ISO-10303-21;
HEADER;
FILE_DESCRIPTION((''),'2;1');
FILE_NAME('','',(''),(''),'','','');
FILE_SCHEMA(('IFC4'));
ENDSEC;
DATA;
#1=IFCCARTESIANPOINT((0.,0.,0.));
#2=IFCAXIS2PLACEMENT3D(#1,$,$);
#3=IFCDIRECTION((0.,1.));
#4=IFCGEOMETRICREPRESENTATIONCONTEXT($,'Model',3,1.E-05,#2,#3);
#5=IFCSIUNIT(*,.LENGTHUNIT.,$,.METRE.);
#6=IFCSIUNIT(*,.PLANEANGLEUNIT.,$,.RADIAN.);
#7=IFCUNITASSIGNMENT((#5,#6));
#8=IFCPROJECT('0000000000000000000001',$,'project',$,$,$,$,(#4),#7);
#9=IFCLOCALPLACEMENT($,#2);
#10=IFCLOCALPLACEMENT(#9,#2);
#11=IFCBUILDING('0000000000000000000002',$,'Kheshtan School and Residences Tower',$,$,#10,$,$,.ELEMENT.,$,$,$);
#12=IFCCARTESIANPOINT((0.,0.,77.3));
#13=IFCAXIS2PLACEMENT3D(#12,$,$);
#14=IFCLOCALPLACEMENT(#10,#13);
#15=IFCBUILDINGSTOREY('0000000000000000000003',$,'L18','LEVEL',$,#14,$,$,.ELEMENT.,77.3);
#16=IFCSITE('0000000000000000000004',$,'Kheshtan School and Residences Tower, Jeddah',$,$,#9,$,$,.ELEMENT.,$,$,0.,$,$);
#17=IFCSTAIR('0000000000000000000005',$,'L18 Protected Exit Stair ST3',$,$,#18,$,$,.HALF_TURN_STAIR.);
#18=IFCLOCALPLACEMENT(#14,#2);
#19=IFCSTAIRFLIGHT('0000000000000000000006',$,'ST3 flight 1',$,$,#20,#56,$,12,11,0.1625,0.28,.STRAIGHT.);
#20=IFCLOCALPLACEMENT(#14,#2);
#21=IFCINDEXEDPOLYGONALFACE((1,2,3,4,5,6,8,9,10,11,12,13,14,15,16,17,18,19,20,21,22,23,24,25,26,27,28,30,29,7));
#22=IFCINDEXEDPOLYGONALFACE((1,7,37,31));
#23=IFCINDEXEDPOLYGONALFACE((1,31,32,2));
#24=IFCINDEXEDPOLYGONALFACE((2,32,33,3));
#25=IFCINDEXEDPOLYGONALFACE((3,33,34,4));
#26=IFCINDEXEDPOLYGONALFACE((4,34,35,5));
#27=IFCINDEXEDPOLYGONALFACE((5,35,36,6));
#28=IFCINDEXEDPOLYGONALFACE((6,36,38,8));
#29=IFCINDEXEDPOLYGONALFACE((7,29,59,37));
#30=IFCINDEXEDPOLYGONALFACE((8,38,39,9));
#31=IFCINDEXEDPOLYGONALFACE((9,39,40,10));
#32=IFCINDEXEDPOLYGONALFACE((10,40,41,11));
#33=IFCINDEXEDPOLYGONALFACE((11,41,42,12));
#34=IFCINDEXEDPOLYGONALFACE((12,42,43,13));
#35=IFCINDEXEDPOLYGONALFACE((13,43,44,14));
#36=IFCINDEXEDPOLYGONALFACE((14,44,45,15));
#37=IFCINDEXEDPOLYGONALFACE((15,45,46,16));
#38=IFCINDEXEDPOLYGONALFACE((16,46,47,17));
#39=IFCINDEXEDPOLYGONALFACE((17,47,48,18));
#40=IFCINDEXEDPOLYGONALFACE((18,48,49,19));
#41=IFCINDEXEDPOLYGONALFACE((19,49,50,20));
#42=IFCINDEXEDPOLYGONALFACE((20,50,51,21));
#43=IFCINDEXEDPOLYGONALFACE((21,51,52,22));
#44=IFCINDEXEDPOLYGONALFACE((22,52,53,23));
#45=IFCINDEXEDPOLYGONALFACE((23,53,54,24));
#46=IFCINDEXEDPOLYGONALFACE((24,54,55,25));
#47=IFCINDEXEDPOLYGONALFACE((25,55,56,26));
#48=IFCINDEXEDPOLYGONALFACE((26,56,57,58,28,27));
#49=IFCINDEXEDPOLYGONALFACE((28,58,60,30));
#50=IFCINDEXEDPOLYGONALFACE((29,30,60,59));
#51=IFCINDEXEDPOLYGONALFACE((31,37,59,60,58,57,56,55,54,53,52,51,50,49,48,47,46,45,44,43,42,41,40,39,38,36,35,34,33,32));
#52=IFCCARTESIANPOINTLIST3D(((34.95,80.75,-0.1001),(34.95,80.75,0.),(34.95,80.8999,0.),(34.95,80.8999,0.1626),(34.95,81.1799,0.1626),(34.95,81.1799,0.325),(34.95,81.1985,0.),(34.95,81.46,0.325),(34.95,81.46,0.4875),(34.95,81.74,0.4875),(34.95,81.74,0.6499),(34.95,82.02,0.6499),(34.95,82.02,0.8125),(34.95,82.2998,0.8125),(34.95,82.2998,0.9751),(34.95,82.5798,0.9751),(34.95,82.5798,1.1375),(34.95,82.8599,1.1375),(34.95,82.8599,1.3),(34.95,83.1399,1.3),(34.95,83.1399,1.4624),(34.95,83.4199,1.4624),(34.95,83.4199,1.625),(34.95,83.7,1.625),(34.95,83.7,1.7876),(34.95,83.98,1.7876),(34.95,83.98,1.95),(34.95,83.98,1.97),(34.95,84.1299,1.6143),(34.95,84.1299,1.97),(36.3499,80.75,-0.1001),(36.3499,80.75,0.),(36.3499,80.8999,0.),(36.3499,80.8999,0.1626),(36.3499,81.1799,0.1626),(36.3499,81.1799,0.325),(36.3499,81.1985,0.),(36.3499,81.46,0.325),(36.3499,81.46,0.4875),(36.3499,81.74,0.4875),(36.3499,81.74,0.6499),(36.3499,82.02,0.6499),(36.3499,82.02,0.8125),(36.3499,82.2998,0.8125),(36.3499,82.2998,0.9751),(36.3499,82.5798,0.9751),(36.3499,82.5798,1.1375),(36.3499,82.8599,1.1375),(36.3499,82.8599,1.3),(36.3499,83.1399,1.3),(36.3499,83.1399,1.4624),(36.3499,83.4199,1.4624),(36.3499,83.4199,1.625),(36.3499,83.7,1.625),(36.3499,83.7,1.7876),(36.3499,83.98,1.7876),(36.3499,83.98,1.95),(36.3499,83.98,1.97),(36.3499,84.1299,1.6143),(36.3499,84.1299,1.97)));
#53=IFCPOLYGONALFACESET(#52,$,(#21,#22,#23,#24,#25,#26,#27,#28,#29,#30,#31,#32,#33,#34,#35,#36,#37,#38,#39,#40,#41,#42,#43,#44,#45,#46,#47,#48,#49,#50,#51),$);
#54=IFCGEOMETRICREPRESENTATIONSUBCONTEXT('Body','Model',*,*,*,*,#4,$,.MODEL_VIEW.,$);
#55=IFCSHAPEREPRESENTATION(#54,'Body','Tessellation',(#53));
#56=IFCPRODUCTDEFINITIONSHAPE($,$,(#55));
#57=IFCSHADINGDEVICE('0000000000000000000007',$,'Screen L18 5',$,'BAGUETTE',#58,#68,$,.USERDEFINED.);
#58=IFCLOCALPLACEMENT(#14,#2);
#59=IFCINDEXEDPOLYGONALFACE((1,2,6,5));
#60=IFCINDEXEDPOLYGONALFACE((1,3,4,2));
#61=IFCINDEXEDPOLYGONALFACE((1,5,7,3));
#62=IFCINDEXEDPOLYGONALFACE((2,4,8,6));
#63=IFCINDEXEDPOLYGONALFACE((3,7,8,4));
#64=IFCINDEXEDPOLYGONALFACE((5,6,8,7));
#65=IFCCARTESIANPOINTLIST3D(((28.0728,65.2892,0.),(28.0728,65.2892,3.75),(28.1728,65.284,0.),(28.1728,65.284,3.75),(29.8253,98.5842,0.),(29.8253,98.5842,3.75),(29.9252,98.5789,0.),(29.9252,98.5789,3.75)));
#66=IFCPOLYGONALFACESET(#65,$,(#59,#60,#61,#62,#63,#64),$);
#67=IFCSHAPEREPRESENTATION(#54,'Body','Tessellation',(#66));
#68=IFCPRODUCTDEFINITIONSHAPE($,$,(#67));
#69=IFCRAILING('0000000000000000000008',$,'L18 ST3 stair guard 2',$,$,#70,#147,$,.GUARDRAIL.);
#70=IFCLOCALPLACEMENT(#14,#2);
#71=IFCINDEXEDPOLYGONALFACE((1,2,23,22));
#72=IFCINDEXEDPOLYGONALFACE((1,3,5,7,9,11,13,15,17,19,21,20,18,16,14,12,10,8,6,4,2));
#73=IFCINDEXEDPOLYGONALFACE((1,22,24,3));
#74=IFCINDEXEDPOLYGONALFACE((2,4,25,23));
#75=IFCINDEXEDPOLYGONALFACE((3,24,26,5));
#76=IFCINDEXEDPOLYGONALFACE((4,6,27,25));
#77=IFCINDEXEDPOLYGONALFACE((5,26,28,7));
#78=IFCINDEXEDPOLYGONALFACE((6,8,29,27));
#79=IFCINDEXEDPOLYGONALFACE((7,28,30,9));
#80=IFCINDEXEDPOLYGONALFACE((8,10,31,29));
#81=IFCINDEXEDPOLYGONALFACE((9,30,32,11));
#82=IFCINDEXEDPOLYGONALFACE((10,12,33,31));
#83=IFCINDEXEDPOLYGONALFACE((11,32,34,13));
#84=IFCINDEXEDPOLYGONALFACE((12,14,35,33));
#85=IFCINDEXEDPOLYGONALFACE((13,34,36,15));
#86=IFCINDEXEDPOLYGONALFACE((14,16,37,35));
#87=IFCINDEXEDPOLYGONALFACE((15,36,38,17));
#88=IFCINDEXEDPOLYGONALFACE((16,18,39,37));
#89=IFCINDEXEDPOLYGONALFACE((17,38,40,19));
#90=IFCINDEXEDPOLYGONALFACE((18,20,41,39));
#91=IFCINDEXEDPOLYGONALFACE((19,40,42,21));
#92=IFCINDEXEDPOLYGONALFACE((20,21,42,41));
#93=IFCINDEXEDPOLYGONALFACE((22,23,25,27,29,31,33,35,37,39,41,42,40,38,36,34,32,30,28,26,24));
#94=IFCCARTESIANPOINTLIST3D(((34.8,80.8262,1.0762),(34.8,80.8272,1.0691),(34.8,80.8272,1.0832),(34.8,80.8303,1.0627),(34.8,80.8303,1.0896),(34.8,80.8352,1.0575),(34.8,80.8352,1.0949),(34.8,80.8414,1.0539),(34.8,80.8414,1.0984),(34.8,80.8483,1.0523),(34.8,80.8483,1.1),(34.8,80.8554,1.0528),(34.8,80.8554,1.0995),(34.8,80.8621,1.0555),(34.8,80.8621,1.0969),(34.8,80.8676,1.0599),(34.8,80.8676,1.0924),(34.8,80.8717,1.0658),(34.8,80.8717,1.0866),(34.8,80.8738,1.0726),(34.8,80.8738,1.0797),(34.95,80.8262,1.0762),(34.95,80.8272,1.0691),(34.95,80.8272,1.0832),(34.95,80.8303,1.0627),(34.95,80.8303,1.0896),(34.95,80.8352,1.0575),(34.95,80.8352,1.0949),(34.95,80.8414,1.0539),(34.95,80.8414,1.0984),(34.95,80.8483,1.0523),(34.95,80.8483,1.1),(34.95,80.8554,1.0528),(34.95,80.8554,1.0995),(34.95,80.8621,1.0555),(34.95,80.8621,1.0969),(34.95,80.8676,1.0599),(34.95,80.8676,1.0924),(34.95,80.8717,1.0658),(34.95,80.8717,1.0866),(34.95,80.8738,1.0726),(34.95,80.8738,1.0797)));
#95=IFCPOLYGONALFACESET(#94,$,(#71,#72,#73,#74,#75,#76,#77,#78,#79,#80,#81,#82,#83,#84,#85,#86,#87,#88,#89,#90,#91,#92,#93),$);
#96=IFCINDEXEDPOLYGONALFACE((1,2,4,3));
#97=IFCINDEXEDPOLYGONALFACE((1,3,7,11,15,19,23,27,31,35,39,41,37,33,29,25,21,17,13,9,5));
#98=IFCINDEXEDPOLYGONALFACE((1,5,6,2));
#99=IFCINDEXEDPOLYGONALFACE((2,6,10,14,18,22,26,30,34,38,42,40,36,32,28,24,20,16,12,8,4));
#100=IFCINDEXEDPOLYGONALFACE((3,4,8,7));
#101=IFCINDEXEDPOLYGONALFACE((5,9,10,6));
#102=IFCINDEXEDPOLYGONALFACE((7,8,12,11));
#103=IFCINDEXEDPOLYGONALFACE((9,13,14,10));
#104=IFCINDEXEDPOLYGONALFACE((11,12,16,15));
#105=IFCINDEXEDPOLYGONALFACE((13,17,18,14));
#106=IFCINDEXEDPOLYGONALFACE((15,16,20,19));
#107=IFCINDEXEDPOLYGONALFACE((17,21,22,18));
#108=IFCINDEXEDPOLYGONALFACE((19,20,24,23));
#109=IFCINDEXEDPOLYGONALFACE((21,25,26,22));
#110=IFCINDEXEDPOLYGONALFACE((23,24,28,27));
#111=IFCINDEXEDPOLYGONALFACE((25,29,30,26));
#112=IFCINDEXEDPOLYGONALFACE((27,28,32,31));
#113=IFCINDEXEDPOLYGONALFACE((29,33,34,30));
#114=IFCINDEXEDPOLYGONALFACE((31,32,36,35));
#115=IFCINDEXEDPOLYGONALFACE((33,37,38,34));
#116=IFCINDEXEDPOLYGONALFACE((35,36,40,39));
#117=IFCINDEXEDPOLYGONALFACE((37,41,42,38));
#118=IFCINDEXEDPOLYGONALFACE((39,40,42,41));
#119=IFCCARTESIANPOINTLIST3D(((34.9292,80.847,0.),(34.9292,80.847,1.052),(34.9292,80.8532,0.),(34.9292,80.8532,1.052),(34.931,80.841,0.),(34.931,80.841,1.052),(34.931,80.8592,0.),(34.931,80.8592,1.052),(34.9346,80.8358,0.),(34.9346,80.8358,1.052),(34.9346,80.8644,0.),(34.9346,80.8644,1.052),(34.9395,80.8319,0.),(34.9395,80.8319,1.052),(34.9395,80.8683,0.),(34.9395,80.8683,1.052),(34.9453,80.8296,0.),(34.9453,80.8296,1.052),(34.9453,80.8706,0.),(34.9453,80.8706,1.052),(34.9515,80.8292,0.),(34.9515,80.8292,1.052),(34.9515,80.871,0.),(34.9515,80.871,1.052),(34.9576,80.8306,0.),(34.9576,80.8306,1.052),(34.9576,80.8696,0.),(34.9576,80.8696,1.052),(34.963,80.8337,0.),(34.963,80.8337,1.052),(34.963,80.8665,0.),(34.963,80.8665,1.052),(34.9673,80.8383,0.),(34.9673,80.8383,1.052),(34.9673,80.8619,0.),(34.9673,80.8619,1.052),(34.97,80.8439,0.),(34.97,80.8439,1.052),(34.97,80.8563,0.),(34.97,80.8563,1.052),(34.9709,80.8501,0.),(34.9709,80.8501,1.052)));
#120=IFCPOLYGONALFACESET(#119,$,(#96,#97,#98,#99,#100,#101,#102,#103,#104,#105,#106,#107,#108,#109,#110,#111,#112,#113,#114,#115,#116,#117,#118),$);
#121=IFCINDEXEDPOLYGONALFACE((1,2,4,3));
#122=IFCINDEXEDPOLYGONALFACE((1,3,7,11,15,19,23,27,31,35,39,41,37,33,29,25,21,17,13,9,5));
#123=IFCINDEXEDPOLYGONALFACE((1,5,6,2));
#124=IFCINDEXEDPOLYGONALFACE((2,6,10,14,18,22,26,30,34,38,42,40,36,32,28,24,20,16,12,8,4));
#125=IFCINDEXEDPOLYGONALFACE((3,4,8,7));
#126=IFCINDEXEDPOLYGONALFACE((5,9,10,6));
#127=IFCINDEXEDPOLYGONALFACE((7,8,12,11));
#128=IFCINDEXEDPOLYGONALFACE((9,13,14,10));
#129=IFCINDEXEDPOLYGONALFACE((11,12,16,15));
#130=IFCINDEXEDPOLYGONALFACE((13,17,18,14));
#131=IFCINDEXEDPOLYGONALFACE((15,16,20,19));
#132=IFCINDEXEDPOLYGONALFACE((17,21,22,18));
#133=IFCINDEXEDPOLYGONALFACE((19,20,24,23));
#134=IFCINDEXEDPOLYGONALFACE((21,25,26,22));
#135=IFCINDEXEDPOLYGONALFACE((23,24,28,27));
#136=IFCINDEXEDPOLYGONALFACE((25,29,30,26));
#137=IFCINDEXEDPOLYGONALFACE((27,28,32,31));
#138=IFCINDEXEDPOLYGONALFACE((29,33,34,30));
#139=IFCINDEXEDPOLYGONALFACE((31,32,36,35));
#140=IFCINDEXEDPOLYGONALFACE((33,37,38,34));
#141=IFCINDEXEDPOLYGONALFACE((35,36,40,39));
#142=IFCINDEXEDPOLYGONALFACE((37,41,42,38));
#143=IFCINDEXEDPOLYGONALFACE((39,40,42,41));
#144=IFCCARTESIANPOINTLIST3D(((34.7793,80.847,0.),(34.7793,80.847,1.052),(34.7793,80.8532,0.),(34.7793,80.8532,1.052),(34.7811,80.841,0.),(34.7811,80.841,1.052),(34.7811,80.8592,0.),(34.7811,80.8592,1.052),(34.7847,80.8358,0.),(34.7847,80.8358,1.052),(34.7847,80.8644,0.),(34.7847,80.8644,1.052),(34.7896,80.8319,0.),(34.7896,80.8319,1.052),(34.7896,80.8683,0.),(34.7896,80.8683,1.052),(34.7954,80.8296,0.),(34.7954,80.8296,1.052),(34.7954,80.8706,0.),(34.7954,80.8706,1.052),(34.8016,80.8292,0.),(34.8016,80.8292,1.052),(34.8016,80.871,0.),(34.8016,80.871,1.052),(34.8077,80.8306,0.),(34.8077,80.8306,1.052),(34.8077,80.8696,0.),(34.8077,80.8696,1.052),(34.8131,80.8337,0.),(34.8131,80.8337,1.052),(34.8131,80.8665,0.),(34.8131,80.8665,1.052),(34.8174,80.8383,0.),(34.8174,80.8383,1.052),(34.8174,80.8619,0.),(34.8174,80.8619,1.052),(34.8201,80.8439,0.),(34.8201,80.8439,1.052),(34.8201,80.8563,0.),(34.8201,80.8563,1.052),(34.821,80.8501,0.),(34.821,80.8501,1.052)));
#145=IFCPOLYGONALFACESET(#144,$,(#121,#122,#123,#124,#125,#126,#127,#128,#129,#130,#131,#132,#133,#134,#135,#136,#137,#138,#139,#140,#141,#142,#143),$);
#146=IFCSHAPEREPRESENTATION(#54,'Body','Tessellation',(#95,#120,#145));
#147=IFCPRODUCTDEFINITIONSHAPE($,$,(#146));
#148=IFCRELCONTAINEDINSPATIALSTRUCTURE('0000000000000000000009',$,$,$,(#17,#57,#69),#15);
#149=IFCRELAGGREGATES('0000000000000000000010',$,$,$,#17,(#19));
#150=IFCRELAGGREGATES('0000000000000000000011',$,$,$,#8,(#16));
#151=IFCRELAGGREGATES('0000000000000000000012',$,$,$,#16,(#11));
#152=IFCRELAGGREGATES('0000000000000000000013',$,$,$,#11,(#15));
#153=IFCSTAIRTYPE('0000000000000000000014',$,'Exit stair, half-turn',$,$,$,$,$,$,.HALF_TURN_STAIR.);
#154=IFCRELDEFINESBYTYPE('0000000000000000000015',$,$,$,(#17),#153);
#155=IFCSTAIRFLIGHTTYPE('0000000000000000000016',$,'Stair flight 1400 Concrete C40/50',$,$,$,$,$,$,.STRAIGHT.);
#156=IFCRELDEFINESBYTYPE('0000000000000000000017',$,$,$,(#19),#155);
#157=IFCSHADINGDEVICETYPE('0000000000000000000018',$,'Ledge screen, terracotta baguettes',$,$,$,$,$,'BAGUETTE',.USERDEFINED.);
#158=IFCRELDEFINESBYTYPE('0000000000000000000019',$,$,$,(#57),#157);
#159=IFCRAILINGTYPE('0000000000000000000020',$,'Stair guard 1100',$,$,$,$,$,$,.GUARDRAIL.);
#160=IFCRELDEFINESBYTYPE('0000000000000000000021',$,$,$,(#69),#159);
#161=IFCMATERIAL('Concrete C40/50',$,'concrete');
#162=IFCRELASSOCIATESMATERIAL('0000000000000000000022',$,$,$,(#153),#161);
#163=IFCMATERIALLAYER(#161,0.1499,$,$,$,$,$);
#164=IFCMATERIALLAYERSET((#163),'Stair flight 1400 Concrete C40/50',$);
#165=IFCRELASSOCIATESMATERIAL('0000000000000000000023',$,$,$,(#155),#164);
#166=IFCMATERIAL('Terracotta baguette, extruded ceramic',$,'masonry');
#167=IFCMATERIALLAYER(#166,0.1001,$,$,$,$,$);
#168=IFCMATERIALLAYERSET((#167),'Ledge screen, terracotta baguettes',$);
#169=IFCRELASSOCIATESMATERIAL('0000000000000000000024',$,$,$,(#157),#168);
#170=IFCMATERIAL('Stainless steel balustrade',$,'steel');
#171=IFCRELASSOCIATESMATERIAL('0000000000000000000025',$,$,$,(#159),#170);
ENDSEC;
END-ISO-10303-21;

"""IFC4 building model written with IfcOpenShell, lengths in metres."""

from ifc_helpers import new_model, si_unit, direction, frame, origin, origin_2d, place, context, subcontext, project, spatial, polyline, rectangle, circle, outline, extrude, material, layer, layer_set, type_object, element, aggregate, save


model = new_model("IFC4")

# Units and contexts
model_context = context("Model", 3, precision=1e-05, world=origin(), true_north=direction((0.0, 1.0)))
body_context = subcontext(model_context, "Body", "Model", "MODEL_VIEW")
ifc_project = project(units=[si_unit("LENGTHUNIT", "METRE"), si_unit("PLANEANGLEUNIT", "RADIAN")], contexts=[model_context])

# Site, building, storey
site_placement = place(None, origin())
site = spatial("IfcSite", under=ifc_project, at=site_placement, Name="Kheshtan School and Residences Tower, Jeddah", CompositionType="ELEMENT", RefElevation=0.0)
building_placement = place(site_placement, origin())
building = spatial("IfcBuilding", under=site, at=building_placement, Name="Kheshtan School and Residences Tower", CompositionType="ELEMENT")
storey_placement = place(building_placement, frame((0.0, 0.0, 77.3)))
storey = spatial("IfcBuildingStorey", under=building, at=storey_placement, Name="L18", Description="LEVEL", CompositionType="ELEMENT", Elevation=77.3)

# Shared definitions
ifc_material_1 = material(Name="Concrete C40/50", Category="concrete")

# Stair, stair flight
stair_type = type_object("IfcStairType", Name="Exit stair, half-turn", PredefinedType="HALF_TURN_STAIR", material=ifc_material_1)
stair_placement = place(storey_placement, origin())
stair = element("IfcStair", 1, at=stair_placement, inside=storey, type_object=stair_type, Name="L18 Protected Exit Stair ST3", PredefinedType="HALF_TURN_STAIR")
ifc_layer_1 = layer(ifc_material_1, 0.1499)
ifc_layer_set_1 = layer_set([ifc_layer_1], Name="Stair flight 1400 Concrete C40/50")
stair_flight_type = type_object("IfcStairFlightType", Name="Stair flight 1400 Concrete C40/50", PredefinedType="STRAIGHT", material=ifc_layer_set_1)
stair_flight_placement = place(storey_placement, frame((35.6499, 80.8999, 0.0), z_axis=(0.0, 0.0, 1.0), x_axis=(0.0, 1.0, 0.0)))
stair_flight = element("IfcStairFlight", 2, at=stair_flight_placement, type_object=stair_flight_type, Name="ST3 flight 1", NumberOfRisers=12, NumberOfTreads=11, PredefinedType="STRAIGHT", RiserHeight=0.1625, TreadLength=0.28, context=body_context, shape_type="SweptSolid", body=[
    extrude(outline(polyline([(-0.1499, -0.1001), (-0.1499, 0.0), (0.0, 0.0), (0.0, 0.1626), (0.28, 0.1626), (0.28, 0.325), (0.5601, 0.325), (0.5601, 0.4875), (0.8401, 0.4875), (0.8401, 0.6499), (1.1201, 0.6499), (1.1201, 0.8125), (1.3999, 0.8125), (1.3999, 0.9751), (1.6799, 0.9751), (1.6799, 1.1375), (1.96, 1.1375), (1.96, 1.3), (2.24, 1.3), (2.24, 1.4624), (2.52, 1.4624), (2.52, 1.625), (2.8, 1.625), (2.8, 1.7876), (3.0801, 1.7876), (3.0801, 1.95), (3.0801, 1.97), (3.23, 1.97), (3.23, 1.6143), (0.2986, 0.0), (-0.1499, -0.1001)])), frame((0.0, 0.7, 0.0), z_axis=(0.0, -1.0, 0.0), x_axis=(1.0, 0.0, 0.0)), (0.0, 0.0, 1.0), 1.3999),
])
aggregate(stair, [stair_flight])

# Shading device
ifc_material_2 = material(Name="Terracotta baguette, extruded ceramic", Category="masonry")
ifc_layer_2 = layer(ifc_material_2, 0.1001)
ifc_layer_set_2 = layer_set([ifc_layer_2], Name="Ledge screen, terracotta baguettes")
shading_device_type = type_object("IfcShadingDeviceType", Name="Ledge screen, terracotta baguettes", ElementType="BAGUETTE", PredefinedType="USERDEFINED", material=ifc_layer_set_2)
shading_device_placement = place(storey_placement, frame((28.999, 81.9341, 0.0), z_axis=(0.0, 0.0, 1.0), x_axis=(0.052563, 0.998618, 0.0)))
element("IfcShadingDevice", 3, at=shading_device_placement, inside=storey, type_object=shading_device_type, Name="Screen L18 5", ObjectType="BAGUETTE", PredefinedType="USERDEFINED", context=body_context, shape_type="SweptSolid", body=[
    extrude(rectangle(XDim=33.3411, YDim=0.1001, at=origin_2d()), origin(), (0.0, 0.0, 1.0), 3.75),
])

# Railing
ifc_material_3 = material(Name="Stainless steel balustrade", Category="steel")
railing_type_1 = type_object("IfcRailingType", Name="Stair guard 1100", PredefinedType="GUARDRAIL", material=ifc_material_3)
railing_1_placement = place(storey_placement, frame((34.95, 80.8501, 0.0)))
element("IfcRailing", 4, at=railing_1_placement, inside=storey, type_object=railing_type_1, Name="L18 ST3 stair guard 2", PredefinedType="GUARDRAIL", context=body_context, shape_type="SweptSolid", body=[
    extrude(circle(Radius=0.0239, at=origin_2d()), frame((0.0, 0.0, 1.0762), z_axis=(-1.0, 0.0, 0.0), x_axis=(0.0, -1.0, 0.0)), (0.0, 0.0, 1.0), 0.1499),
    extrude(circle(Radius=0.021, at=origin_2d()), origin(), (0.0, 0.0, 1.0), 1.052),
    extrude(circle(Radius=0.021, at=origin_2d()), frame((-0.1499, 0.0, 0.0)), (0.0, 0.0, 1.0), 1.052),
])

save(model, "model.ifc")
